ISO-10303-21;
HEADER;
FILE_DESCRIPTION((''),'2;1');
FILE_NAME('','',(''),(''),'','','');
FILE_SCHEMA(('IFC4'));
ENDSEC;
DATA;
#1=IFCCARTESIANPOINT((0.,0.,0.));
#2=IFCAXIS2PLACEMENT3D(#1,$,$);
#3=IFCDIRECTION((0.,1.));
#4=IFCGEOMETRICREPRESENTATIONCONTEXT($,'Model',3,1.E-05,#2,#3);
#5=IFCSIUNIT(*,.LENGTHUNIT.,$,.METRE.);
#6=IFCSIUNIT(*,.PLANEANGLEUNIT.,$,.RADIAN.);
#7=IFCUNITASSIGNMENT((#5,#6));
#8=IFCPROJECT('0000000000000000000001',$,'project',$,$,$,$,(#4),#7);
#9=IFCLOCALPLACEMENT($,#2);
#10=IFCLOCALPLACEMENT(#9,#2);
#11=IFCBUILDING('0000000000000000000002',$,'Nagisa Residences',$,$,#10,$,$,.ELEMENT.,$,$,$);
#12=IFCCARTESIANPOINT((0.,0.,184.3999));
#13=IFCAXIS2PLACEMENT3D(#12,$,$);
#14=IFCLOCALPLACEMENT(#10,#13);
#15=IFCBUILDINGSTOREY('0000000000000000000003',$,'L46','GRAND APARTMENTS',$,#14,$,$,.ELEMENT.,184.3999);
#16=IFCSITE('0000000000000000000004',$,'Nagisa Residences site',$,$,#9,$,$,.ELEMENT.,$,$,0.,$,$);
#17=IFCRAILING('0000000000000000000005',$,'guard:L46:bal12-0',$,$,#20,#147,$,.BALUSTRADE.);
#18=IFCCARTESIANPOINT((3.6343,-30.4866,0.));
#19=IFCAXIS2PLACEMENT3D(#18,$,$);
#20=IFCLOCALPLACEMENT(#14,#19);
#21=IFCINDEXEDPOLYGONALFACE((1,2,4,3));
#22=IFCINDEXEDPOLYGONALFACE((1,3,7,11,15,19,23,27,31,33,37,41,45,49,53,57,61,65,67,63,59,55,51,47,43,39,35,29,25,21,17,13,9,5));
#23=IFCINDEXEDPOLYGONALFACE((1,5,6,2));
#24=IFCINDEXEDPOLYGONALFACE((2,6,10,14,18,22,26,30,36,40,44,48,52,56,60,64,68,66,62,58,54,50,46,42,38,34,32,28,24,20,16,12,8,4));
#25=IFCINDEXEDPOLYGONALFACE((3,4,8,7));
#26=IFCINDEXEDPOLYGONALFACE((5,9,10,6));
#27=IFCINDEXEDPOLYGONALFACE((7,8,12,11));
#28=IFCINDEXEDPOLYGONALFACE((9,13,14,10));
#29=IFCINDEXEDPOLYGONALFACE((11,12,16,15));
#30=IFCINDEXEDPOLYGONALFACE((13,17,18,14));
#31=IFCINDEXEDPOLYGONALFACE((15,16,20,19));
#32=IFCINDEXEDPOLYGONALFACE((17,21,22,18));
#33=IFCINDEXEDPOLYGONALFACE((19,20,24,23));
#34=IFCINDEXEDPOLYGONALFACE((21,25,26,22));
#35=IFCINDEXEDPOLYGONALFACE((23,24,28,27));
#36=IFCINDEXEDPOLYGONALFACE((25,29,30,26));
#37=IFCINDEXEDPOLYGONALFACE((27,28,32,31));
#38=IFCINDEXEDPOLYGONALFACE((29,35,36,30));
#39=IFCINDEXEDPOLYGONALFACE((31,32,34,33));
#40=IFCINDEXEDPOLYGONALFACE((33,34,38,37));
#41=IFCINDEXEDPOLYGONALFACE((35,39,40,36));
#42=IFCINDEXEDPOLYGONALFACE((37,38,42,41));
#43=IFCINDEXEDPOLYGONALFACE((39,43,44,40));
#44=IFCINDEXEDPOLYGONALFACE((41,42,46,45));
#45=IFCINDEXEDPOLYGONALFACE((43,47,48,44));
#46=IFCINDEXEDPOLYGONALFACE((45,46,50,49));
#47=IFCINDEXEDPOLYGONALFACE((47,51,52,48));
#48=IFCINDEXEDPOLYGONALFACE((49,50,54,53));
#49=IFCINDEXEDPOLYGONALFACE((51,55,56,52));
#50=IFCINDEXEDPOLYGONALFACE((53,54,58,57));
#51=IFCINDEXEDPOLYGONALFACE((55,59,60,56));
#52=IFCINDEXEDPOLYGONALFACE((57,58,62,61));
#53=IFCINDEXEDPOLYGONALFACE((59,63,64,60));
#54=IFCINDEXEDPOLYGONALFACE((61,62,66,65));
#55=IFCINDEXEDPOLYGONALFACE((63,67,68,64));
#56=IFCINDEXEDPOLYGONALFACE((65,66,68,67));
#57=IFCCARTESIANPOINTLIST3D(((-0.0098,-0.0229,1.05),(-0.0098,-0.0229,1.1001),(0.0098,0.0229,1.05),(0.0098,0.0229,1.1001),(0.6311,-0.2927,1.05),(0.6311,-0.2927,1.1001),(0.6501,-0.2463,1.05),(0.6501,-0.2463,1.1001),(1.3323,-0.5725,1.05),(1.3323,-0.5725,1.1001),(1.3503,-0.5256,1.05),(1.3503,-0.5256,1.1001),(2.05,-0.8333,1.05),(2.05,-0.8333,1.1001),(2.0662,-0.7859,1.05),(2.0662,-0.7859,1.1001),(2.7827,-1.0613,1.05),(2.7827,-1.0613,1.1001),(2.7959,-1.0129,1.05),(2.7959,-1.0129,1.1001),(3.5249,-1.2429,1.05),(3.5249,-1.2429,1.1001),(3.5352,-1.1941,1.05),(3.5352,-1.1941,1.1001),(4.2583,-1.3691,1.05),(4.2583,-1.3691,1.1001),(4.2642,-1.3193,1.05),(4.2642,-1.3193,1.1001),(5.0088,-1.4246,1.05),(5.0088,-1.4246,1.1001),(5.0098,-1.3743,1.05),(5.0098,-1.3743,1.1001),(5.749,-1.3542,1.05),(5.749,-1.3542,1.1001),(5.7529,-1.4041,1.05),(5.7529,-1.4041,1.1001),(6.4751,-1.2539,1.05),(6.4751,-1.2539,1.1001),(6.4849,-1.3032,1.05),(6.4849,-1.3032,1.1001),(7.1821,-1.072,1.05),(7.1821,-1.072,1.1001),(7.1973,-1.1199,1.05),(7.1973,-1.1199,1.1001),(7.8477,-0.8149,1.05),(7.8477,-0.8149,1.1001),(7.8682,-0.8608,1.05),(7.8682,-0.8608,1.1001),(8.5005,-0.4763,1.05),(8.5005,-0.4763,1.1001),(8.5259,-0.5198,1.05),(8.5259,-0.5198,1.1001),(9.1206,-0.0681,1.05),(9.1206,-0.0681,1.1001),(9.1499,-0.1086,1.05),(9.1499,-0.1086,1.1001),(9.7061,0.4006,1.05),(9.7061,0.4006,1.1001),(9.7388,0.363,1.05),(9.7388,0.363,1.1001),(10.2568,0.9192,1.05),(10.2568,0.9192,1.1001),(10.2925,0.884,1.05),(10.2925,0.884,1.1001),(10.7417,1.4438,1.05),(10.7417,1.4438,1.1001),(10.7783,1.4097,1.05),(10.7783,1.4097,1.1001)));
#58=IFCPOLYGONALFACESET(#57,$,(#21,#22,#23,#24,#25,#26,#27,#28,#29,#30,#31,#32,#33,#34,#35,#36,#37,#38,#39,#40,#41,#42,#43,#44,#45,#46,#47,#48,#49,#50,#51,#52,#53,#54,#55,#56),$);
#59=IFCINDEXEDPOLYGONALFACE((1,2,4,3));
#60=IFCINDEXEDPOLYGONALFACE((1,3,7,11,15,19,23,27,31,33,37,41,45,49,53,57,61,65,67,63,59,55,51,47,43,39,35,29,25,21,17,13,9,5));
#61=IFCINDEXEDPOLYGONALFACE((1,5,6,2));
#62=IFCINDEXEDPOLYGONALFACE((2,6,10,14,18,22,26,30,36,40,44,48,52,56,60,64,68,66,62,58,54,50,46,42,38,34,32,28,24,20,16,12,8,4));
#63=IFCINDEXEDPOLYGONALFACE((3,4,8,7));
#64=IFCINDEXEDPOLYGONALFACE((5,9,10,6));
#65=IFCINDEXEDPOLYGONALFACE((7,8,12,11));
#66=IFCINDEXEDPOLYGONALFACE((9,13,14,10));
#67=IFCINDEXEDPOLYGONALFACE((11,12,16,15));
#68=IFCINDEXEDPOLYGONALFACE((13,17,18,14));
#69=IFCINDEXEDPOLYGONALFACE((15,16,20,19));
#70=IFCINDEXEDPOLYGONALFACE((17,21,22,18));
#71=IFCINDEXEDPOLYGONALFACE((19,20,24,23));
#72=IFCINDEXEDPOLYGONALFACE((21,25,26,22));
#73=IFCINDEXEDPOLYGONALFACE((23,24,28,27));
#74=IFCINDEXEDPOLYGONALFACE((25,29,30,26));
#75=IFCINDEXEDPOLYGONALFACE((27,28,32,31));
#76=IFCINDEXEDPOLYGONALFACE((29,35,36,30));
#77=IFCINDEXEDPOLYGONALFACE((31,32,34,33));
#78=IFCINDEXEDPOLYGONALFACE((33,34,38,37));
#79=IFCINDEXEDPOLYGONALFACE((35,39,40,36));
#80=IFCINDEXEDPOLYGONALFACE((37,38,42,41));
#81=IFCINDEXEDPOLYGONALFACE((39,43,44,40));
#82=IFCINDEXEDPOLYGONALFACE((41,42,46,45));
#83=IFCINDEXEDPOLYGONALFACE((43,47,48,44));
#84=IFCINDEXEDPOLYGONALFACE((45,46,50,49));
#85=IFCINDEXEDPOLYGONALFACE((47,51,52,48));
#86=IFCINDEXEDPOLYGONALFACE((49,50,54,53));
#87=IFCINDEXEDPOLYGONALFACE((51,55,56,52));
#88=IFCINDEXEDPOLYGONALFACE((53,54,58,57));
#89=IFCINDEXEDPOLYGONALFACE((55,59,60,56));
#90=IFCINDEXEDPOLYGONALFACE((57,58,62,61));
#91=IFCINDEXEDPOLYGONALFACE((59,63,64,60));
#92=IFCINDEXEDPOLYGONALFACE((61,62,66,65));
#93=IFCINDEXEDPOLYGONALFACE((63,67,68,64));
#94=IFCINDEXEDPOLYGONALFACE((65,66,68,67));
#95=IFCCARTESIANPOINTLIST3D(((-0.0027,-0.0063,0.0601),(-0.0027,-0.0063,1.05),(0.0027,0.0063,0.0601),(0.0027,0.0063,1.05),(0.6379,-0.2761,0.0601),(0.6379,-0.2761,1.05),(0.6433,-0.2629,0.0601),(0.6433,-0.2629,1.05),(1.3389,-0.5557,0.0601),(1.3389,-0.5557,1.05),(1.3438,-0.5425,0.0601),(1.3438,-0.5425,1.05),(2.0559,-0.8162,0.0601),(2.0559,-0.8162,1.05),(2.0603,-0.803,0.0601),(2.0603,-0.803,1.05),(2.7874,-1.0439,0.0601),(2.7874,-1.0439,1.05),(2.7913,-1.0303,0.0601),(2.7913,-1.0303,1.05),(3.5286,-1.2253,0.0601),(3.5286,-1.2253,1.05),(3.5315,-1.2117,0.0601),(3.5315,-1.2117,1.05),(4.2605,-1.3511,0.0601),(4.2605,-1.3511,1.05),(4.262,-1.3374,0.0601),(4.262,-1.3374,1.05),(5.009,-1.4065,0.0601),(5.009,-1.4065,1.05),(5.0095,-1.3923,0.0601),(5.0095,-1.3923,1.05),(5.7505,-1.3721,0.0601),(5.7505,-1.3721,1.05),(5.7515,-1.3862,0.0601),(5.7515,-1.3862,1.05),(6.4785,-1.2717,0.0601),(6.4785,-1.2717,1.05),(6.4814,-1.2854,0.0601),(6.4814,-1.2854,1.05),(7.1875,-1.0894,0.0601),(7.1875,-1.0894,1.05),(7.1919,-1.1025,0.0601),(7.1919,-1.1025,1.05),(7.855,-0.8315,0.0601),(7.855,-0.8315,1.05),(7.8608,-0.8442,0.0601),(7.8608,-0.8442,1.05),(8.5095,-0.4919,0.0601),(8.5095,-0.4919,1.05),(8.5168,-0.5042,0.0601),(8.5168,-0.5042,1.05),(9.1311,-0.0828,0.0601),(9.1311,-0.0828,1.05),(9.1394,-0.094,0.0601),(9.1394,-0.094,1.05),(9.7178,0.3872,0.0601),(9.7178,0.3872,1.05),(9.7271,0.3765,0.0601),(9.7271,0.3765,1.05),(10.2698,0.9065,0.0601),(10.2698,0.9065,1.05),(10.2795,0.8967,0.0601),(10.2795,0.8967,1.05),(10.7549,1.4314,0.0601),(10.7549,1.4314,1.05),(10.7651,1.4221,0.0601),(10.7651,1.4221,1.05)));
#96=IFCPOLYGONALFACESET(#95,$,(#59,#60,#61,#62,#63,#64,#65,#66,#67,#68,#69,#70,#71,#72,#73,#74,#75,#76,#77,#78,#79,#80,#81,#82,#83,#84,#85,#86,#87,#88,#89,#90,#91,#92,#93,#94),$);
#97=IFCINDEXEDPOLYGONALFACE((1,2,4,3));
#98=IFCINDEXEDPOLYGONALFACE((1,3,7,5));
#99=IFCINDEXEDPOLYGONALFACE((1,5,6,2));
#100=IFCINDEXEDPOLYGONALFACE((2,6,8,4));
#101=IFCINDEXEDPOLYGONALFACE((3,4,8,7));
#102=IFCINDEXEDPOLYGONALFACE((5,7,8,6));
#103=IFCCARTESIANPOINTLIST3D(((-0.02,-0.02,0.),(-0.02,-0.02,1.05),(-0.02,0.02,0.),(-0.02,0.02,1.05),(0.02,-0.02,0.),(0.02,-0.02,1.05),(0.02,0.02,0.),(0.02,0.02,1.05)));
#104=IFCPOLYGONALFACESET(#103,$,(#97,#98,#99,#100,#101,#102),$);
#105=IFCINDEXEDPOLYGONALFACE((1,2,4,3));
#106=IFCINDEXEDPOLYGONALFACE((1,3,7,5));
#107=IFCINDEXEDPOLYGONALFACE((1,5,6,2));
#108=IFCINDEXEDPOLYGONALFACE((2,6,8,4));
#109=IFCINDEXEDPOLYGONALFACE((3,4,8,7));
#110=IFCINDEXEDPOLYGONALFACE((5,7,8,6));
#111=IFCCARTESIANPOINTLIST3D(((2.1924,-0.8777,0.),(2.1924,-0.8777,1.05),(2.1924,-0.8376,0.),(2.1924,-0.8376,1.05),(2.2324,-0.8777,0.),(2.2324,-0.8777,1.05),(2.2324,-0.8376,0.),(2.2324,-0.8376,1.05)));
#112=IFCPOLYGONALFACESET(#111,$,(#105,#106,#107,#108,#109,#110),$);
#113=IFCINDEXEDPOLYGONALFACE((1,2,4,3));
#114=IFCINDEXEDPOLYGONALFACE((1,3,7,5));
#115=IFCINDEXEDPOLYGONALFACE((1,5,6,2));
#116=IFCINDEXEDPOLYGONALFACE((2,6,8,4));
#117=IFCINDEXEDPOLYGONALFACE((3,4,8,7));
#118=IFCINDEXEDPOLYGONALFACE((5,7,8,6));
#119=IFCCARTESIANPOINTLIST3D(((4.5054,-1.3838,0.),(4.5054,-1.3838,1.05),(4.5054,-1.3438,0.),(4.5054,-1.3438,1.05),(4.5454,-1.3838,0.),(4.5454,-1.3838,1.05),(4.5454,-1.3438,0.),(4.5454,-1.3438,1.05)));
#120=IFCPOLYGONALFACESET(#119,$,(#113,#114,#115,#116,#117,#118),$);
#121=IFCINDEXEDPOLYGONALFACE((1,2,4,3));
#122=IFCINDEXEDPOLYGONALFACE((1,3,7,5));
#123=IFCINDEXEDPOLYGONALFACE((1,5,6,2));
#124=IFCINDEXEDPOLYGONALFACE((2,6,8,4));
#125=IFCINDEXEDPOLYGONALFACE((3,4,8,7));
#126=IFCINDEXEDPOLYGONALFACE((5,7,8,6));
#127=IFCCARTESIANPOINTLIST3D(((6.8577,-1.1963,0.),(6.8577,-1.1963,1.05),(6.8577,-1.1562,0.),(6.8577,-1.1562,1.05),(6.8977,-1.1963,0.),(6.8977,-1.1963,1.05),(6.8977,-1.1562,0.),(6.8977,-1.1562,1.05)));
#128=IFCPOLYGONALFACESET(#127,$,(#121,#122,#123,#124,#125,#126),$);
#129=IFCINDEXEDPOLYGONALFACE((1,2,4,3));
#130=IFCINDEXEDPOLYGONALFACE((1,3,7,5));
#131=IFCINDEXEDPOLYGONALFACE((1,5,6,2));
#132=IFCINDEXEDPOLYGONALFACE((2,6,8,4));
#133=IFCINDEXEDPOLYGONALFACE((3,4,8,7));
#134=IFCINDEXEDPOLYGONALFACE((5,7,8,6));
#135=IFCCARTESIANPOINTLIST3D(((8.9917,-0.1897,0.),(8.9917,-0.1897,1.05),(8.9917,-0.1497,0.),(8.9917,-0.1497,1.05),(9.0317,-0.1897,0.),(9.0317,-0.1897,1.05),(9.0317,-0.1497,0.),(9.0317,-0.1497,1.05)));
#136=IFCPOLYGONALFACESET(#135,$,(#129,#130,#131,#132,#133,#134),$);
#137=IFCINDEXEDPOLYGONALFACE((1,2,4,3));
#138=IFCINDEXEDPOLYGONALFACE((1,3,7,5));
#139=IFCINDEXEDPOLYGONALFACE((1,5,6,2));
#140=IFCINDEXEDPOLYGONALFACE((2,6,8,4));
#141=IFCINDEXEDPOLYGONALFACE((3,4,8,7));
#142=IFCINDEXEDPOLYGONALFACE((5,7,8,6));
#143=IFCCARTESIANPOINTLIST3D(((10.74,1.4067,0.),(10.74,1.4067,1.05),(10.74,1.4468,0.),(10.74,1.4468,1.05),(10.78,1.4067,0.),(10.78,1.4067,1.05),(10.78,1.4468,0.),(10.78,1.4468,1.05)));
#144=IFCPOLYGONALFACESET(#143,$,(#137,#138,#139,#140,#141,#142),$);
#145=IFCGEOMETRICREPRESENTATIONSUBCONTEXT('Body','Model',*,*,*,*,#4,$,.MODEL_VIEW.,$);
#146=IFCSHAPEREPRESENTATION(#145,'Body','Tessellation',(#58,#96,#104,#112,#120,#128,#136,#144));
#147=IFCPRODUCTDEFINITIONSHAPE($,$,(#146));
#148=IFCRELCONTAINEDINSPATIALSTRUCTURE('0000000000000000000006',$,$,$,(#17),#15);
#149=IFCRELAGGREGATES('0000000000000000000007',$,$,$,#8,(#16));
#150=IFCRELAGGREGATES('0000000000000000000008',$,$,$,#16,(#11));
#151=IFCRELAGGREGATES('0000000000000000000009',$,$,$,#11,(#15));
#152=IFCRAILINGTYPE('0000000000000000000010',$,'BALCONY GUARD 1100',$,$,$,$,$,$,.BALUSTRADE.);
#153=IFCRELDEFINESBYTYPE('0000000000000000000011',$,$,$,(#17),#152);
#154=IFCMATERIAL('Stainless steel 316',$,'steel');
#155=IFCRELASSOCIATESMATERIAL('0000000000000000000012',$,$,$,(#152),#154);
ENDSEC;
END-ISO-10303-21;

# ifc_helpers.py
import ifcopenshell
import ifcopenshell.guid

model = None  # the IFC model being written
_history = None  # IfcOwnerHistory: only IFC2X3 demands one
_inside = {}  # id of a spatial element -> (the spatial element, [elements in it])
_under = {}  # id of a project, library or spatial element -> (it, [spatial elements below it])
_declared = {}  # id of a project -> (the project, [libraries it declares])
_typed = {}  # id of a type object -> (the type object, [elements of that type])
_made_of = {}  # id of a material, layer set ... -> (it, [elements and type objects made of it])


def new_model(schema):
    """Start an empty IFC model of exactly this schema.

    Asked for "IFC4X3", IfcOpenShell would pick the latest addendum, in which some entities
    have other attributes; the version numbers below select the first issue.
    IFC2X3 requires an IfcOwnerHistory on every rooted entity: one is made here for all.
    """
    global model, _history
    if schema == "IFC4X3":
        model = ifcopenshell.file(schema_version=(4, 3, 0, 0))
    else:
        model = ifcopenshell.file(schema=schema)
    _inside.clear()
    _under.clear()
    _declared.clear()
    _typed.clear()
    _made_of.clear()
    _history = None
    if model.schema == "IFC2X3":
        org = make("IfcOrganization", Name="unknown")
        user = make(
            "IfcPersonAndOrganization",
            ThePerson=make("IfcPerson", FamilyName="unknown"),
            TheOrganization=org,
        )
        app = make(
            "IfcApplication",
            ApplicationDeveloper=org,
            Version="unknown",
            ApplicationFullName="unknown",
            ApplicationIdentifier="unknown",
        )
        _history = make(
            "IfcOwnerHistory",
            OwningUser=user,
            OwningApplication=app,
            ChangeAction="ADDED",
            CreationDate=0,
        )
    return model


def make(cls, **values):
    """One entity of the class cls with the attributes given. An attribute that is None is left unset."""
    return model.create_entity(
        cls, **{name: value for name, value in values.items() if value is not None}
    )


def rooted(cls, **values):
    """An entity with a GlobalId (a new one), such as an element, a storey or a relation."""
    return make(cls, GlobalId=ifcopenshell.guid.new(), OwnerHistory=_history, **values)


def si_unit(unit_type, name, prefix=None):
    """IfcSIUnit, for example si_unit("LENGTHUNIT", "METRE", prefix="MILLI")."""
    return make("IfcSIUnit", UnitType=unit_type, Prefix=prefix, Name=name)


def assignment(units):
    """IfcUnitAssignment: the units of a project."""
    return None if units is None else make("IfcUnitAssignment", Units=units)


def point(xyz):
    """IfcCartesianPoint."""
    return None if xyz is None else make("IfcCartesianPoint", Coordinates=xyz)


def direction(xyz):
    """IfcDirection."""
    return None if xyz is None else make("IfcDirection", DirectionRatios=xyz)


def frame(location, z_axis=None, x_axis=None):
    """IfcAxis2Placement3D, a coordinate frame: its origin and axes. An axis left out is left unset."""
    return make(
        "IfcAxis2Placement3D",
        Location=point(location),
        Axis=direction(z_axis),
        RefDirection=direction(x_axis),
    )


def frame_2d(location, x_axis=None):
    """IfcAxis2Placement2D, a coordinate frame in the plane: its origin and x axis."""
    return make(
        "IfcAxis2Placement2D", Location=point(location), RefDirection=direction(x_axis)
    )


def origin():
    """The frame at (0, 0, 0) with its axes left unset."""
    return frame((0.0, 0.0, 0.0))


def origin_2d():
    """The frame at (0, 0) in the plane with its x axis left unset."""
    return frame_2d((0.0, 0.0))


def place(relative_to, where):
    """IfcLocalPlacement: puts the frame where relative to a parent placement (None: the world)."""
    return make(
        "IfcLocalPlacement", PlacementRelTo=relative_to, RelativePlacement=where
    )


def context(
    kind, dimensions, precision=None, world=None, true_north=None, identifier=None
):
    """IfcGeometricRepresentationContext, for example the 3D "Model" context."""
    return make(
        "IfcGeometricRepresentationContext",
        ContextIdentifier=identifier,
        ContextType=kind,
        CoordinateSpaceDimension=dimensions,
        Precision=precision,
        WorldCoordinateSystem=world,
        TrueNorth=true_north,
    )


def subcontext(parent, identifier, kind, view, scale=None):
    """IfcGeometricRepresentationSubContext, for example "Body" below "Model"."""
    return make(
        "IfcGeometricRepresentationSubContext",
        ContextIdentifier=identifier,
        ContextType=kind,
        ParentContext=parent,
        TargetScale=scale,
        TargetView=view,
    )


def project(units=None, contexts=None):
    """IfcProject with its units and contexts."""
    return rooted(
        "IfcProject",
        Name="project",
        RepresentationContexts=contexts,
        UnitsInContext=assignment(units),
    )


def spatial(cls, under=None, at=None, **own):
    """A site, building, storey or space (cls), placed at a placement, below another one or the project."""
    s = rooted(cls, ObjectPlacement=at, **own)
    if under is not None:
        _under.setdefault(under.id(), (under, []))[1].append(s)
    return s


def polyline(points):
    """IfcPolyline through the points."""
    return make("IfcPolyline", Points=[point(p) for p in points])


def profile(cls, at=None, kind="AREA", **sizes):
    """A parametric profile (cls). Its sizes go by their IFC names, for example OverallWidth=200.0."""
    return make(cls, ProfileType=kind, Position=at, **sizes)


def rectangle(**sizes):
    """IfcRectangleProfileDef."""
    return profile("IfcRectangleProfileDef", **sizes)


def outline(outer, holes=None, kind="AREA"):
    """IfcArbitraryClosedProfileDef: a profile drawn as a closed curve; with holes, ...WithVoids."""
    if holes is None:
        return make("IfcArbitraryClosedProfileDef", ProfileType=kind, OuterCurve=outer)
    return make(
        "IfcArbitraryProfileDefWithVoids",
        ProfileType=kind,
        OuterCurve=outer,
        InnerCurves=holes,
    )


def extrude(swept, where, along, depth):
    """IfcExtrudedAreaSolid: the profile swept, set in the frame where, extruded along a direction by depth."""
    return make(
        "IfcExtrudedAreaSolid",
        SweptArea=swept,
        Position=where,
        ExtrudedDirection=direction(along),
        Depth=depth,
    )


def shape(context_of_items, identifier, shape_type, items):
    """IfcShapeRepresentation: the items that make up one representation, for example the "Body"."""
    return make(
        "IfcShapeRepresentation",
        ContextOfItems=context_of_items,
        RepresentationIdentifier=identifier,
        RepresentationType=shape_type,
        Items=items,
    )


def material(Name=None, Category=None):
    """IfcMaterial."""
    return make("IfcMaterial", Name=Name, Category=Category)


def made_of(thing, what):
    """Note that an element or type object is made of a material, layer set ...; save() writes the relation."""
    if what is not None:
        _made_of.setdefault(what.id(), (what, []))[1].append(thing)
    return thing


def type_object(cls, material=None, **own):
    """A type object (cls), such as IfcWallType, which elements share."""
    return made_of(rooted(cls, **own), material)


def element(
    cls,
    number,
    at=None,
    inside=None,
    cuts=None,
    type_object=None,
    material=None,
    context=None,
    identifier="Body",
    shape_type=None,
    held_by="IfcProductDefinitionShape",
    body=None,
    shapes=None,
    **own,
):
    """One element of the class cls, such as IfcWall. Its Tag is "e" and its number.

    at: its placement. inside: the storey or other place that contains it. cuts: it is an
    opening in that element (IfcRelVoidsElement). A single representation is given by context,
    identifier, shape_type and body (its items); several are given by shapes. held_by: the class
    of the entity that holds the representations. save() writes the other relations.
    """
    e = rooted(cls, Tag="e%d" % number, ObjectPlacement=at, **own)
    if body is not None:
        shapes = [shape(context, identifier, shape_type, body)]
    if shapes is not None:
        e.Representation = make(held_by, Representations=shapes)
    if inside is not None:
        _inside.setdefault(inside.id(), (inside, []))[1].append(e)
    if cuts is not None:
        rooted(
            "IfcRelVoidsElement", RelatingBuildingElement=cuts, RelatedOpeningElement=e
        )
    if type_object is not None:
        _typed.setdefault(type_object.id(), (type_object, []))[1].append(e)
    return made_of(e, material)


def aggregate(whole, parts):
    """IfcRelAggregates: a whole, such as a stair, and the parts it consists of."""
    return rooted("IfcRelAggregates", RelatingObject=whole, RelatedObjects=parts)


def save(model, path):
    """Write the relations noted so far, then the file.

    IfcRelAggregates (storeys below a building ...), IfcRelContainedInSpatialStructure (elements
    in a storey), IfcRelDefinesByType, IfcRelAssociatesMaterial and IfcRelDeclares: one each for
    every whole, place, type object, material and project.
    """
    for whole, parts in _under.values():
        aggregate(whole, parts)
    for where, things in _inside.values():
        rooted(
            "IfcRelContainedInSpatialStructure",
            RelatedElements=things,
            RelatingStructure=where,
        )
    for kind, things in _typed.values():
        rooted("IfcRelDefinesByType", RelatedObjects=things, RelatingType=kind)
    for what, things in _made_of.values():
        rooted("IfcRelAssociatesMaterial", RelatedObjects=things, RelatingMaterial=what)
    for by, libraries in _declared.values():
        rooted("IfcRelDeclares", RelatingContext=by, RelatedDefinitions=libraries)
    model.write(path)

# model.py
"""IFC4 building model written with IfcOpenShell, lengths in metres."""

from ifc_helpers import new_model, si_unit, direction, frame, origin, origin_2d, place, context, subcontext, project, spatial, polyline, rectangle, outline, extrude, material, type_object, element, save


model = new_model("IFC4")

# Units and contexts
model_context = context("Model", 3, precision=1e-05, world=origin(), true_north=direction((0.0, 1.0)))
body_context = subcontext(model_context, "Body", "Model", "MODEL_VIEW")
ifc_project = project(units=[si_unit("LENGTHUNIT", "METRE"), si_unit("PLANEANGLEUNIT", "RADIAN")], contexts=[model_context])

# Site, building, storey
site_placement = place(None, origin())
site = spatial("IfcSite", under=ifc_project, at=site_placement, Name="Nagisa Residences site", CompositionType="ELEMENT", RefElevation=0.0)
building_placement = place(site_placement, origin())
building = spatial("IfcBuilding", under=site, at=building_placement, Name="Nagisa Residences", CompositionType="ELEMENT")
storey_placement = place(building_placement, frame((0.0, 0.0, 184.3999)))
storey = spatial("IfcBuildingStorey", under=building, at=storey_placement, Name="L46", Description="GRAND APARTMENTS", CompositionType="ELEMENT", Elevation=184.3999)

# Railing
ifc_material_1 = material(Name="Stainless steel 316", Category="steel")
railing_type = type_object("IfcRailingType", Name="BALCONY GUARD 1100", PredefinedType="BALUSTRADE", material=ifc_material_1)
railing_placement = place(storey_placement, frame((3.6343, -30.4866, 0.0)))
element("IfcRailing", 1, at=railing_placement, inside=storey, type_object=railing_type, Name="guard:L46:bal12-0", PredefinedType="BALUSTRADE", context=body_context, shape_type="SweptSolid", body=[
    extrude(outline(polyline([(0.6501, -0.2463), (0.0098, 0.0229), (-0.0098, -0.0229), (0.6311, -0.2927), (1.3323, -0.5725), (2.05, -0.8333), (2.7827, -1.0613), (3.5249, -1.2429), (4.2583, -1.3691), (5.0088, -1.4246), (5.7529, -1.4041), (6.4849, -1.3032), (7.1973, -1.1199), (7.8682, -0.8608), (8.5259, -0.5198), (9.1499, -0.1086), (9.7388, 0.363), (10.2925, 0.884), (10.7783, 1.4097), (10.7417, 1.4438), (10.2568, 0.9192), (9.7061, 0.4006), (9.1206, -0.0681), (8.5005, -0.4763), (7.8477, -0.8149), (7.1821, -1.072), (6.4751, -1.2539), (5.749, -1.3542), (5.0098, -1.3743), (4.2642, -1.3193), (3.5352, -1.1941), (2.7959, -1.0129), (2.0662, -0.7859), (1.3503, -0.5256), (0.6501, -0.2463)])), frame((0.0, 0.0, 1.05)), (0.0, 0.0, 1.0), 0.05),
    extrude(outline(polyline([(0.6433, -0.2629), (0.0027, 0.0063), (-0.0027, -0.0063), (0.6379, -0.2761), (1.3389, -0.5557), (2.0559, -0.8162), (2.7874, -1.0439), (3.5286, -1.2253), (4.2605, -1.3511), (5.009, -1.4065), (5.7515, -1.3862), (6.4814, -1.2854), (7.1919, -1.1025), (7.8608, -0.8442), (8.5168, -0.5042), (9.1394, -0.094), (9.7271, 0.3765), (10.2795, 0.8967), (10.7651, 1.4221), (10.7549, 1.4314), (10.2698, 0.9065), (9.7178, 0.3872), (9.1311, -0.0828), (8.5095, -0.4919), (7.855, -0.8315), (7.1875, -1.0894), (6.4785, -1.2717), (5.7505, -1.3721), (5.0095, -1.3923), (4.262, -1.3374), (3.5315, -1.2117), (2.7913, -1.0303), (2.0603, -0.803), (1.3438, -0.5425), (0.6433, -0.2629)])), frame((0.0, 0.0, 0.0601)), (0.0, 0.0, 1.0), 0.99),
    extrude(rectangle(XDim=0.04, YDim=0.04, at=origin_2d()), origin(), (0.0, 0.0, 1.0), 1.05),
    extrude(rectangle(XDim=0.04, YDim=0.04, at=origin_2d()), frame((2.2124, -0.8577, 0.0)), (0.0, 0.0, 1.0), 1.05),
    extrude(rectangle(XDim=0.04, YDim=0.04, at=origin_2d()), frame((4.5254, -1.3638, 0.0)), (0.0, 0.0, 1.0), 1.05),
    extrude(rectangle(XDim=0.04, YDim=0.04, at=origin_2d()), frame((6.8777, -1.1763, 0.0)), (0.0, 0.0, 1.0), 1.05),
    extrude(rectangle(XDim=0.04, YDim=0.04, at=origin_2d()), frame((9.0117, -0.1697, 0.0)), (0.0, 0.0, 1.0), 1.05),
    extrude(rectangle(XDim=0.04, YDim=0.04, at=origin_2d()), frame((10.76, 1.4268, 0.0)), (0.0, 0.0, 1.0), 1.05),
])

save(model, "model.ifc")
